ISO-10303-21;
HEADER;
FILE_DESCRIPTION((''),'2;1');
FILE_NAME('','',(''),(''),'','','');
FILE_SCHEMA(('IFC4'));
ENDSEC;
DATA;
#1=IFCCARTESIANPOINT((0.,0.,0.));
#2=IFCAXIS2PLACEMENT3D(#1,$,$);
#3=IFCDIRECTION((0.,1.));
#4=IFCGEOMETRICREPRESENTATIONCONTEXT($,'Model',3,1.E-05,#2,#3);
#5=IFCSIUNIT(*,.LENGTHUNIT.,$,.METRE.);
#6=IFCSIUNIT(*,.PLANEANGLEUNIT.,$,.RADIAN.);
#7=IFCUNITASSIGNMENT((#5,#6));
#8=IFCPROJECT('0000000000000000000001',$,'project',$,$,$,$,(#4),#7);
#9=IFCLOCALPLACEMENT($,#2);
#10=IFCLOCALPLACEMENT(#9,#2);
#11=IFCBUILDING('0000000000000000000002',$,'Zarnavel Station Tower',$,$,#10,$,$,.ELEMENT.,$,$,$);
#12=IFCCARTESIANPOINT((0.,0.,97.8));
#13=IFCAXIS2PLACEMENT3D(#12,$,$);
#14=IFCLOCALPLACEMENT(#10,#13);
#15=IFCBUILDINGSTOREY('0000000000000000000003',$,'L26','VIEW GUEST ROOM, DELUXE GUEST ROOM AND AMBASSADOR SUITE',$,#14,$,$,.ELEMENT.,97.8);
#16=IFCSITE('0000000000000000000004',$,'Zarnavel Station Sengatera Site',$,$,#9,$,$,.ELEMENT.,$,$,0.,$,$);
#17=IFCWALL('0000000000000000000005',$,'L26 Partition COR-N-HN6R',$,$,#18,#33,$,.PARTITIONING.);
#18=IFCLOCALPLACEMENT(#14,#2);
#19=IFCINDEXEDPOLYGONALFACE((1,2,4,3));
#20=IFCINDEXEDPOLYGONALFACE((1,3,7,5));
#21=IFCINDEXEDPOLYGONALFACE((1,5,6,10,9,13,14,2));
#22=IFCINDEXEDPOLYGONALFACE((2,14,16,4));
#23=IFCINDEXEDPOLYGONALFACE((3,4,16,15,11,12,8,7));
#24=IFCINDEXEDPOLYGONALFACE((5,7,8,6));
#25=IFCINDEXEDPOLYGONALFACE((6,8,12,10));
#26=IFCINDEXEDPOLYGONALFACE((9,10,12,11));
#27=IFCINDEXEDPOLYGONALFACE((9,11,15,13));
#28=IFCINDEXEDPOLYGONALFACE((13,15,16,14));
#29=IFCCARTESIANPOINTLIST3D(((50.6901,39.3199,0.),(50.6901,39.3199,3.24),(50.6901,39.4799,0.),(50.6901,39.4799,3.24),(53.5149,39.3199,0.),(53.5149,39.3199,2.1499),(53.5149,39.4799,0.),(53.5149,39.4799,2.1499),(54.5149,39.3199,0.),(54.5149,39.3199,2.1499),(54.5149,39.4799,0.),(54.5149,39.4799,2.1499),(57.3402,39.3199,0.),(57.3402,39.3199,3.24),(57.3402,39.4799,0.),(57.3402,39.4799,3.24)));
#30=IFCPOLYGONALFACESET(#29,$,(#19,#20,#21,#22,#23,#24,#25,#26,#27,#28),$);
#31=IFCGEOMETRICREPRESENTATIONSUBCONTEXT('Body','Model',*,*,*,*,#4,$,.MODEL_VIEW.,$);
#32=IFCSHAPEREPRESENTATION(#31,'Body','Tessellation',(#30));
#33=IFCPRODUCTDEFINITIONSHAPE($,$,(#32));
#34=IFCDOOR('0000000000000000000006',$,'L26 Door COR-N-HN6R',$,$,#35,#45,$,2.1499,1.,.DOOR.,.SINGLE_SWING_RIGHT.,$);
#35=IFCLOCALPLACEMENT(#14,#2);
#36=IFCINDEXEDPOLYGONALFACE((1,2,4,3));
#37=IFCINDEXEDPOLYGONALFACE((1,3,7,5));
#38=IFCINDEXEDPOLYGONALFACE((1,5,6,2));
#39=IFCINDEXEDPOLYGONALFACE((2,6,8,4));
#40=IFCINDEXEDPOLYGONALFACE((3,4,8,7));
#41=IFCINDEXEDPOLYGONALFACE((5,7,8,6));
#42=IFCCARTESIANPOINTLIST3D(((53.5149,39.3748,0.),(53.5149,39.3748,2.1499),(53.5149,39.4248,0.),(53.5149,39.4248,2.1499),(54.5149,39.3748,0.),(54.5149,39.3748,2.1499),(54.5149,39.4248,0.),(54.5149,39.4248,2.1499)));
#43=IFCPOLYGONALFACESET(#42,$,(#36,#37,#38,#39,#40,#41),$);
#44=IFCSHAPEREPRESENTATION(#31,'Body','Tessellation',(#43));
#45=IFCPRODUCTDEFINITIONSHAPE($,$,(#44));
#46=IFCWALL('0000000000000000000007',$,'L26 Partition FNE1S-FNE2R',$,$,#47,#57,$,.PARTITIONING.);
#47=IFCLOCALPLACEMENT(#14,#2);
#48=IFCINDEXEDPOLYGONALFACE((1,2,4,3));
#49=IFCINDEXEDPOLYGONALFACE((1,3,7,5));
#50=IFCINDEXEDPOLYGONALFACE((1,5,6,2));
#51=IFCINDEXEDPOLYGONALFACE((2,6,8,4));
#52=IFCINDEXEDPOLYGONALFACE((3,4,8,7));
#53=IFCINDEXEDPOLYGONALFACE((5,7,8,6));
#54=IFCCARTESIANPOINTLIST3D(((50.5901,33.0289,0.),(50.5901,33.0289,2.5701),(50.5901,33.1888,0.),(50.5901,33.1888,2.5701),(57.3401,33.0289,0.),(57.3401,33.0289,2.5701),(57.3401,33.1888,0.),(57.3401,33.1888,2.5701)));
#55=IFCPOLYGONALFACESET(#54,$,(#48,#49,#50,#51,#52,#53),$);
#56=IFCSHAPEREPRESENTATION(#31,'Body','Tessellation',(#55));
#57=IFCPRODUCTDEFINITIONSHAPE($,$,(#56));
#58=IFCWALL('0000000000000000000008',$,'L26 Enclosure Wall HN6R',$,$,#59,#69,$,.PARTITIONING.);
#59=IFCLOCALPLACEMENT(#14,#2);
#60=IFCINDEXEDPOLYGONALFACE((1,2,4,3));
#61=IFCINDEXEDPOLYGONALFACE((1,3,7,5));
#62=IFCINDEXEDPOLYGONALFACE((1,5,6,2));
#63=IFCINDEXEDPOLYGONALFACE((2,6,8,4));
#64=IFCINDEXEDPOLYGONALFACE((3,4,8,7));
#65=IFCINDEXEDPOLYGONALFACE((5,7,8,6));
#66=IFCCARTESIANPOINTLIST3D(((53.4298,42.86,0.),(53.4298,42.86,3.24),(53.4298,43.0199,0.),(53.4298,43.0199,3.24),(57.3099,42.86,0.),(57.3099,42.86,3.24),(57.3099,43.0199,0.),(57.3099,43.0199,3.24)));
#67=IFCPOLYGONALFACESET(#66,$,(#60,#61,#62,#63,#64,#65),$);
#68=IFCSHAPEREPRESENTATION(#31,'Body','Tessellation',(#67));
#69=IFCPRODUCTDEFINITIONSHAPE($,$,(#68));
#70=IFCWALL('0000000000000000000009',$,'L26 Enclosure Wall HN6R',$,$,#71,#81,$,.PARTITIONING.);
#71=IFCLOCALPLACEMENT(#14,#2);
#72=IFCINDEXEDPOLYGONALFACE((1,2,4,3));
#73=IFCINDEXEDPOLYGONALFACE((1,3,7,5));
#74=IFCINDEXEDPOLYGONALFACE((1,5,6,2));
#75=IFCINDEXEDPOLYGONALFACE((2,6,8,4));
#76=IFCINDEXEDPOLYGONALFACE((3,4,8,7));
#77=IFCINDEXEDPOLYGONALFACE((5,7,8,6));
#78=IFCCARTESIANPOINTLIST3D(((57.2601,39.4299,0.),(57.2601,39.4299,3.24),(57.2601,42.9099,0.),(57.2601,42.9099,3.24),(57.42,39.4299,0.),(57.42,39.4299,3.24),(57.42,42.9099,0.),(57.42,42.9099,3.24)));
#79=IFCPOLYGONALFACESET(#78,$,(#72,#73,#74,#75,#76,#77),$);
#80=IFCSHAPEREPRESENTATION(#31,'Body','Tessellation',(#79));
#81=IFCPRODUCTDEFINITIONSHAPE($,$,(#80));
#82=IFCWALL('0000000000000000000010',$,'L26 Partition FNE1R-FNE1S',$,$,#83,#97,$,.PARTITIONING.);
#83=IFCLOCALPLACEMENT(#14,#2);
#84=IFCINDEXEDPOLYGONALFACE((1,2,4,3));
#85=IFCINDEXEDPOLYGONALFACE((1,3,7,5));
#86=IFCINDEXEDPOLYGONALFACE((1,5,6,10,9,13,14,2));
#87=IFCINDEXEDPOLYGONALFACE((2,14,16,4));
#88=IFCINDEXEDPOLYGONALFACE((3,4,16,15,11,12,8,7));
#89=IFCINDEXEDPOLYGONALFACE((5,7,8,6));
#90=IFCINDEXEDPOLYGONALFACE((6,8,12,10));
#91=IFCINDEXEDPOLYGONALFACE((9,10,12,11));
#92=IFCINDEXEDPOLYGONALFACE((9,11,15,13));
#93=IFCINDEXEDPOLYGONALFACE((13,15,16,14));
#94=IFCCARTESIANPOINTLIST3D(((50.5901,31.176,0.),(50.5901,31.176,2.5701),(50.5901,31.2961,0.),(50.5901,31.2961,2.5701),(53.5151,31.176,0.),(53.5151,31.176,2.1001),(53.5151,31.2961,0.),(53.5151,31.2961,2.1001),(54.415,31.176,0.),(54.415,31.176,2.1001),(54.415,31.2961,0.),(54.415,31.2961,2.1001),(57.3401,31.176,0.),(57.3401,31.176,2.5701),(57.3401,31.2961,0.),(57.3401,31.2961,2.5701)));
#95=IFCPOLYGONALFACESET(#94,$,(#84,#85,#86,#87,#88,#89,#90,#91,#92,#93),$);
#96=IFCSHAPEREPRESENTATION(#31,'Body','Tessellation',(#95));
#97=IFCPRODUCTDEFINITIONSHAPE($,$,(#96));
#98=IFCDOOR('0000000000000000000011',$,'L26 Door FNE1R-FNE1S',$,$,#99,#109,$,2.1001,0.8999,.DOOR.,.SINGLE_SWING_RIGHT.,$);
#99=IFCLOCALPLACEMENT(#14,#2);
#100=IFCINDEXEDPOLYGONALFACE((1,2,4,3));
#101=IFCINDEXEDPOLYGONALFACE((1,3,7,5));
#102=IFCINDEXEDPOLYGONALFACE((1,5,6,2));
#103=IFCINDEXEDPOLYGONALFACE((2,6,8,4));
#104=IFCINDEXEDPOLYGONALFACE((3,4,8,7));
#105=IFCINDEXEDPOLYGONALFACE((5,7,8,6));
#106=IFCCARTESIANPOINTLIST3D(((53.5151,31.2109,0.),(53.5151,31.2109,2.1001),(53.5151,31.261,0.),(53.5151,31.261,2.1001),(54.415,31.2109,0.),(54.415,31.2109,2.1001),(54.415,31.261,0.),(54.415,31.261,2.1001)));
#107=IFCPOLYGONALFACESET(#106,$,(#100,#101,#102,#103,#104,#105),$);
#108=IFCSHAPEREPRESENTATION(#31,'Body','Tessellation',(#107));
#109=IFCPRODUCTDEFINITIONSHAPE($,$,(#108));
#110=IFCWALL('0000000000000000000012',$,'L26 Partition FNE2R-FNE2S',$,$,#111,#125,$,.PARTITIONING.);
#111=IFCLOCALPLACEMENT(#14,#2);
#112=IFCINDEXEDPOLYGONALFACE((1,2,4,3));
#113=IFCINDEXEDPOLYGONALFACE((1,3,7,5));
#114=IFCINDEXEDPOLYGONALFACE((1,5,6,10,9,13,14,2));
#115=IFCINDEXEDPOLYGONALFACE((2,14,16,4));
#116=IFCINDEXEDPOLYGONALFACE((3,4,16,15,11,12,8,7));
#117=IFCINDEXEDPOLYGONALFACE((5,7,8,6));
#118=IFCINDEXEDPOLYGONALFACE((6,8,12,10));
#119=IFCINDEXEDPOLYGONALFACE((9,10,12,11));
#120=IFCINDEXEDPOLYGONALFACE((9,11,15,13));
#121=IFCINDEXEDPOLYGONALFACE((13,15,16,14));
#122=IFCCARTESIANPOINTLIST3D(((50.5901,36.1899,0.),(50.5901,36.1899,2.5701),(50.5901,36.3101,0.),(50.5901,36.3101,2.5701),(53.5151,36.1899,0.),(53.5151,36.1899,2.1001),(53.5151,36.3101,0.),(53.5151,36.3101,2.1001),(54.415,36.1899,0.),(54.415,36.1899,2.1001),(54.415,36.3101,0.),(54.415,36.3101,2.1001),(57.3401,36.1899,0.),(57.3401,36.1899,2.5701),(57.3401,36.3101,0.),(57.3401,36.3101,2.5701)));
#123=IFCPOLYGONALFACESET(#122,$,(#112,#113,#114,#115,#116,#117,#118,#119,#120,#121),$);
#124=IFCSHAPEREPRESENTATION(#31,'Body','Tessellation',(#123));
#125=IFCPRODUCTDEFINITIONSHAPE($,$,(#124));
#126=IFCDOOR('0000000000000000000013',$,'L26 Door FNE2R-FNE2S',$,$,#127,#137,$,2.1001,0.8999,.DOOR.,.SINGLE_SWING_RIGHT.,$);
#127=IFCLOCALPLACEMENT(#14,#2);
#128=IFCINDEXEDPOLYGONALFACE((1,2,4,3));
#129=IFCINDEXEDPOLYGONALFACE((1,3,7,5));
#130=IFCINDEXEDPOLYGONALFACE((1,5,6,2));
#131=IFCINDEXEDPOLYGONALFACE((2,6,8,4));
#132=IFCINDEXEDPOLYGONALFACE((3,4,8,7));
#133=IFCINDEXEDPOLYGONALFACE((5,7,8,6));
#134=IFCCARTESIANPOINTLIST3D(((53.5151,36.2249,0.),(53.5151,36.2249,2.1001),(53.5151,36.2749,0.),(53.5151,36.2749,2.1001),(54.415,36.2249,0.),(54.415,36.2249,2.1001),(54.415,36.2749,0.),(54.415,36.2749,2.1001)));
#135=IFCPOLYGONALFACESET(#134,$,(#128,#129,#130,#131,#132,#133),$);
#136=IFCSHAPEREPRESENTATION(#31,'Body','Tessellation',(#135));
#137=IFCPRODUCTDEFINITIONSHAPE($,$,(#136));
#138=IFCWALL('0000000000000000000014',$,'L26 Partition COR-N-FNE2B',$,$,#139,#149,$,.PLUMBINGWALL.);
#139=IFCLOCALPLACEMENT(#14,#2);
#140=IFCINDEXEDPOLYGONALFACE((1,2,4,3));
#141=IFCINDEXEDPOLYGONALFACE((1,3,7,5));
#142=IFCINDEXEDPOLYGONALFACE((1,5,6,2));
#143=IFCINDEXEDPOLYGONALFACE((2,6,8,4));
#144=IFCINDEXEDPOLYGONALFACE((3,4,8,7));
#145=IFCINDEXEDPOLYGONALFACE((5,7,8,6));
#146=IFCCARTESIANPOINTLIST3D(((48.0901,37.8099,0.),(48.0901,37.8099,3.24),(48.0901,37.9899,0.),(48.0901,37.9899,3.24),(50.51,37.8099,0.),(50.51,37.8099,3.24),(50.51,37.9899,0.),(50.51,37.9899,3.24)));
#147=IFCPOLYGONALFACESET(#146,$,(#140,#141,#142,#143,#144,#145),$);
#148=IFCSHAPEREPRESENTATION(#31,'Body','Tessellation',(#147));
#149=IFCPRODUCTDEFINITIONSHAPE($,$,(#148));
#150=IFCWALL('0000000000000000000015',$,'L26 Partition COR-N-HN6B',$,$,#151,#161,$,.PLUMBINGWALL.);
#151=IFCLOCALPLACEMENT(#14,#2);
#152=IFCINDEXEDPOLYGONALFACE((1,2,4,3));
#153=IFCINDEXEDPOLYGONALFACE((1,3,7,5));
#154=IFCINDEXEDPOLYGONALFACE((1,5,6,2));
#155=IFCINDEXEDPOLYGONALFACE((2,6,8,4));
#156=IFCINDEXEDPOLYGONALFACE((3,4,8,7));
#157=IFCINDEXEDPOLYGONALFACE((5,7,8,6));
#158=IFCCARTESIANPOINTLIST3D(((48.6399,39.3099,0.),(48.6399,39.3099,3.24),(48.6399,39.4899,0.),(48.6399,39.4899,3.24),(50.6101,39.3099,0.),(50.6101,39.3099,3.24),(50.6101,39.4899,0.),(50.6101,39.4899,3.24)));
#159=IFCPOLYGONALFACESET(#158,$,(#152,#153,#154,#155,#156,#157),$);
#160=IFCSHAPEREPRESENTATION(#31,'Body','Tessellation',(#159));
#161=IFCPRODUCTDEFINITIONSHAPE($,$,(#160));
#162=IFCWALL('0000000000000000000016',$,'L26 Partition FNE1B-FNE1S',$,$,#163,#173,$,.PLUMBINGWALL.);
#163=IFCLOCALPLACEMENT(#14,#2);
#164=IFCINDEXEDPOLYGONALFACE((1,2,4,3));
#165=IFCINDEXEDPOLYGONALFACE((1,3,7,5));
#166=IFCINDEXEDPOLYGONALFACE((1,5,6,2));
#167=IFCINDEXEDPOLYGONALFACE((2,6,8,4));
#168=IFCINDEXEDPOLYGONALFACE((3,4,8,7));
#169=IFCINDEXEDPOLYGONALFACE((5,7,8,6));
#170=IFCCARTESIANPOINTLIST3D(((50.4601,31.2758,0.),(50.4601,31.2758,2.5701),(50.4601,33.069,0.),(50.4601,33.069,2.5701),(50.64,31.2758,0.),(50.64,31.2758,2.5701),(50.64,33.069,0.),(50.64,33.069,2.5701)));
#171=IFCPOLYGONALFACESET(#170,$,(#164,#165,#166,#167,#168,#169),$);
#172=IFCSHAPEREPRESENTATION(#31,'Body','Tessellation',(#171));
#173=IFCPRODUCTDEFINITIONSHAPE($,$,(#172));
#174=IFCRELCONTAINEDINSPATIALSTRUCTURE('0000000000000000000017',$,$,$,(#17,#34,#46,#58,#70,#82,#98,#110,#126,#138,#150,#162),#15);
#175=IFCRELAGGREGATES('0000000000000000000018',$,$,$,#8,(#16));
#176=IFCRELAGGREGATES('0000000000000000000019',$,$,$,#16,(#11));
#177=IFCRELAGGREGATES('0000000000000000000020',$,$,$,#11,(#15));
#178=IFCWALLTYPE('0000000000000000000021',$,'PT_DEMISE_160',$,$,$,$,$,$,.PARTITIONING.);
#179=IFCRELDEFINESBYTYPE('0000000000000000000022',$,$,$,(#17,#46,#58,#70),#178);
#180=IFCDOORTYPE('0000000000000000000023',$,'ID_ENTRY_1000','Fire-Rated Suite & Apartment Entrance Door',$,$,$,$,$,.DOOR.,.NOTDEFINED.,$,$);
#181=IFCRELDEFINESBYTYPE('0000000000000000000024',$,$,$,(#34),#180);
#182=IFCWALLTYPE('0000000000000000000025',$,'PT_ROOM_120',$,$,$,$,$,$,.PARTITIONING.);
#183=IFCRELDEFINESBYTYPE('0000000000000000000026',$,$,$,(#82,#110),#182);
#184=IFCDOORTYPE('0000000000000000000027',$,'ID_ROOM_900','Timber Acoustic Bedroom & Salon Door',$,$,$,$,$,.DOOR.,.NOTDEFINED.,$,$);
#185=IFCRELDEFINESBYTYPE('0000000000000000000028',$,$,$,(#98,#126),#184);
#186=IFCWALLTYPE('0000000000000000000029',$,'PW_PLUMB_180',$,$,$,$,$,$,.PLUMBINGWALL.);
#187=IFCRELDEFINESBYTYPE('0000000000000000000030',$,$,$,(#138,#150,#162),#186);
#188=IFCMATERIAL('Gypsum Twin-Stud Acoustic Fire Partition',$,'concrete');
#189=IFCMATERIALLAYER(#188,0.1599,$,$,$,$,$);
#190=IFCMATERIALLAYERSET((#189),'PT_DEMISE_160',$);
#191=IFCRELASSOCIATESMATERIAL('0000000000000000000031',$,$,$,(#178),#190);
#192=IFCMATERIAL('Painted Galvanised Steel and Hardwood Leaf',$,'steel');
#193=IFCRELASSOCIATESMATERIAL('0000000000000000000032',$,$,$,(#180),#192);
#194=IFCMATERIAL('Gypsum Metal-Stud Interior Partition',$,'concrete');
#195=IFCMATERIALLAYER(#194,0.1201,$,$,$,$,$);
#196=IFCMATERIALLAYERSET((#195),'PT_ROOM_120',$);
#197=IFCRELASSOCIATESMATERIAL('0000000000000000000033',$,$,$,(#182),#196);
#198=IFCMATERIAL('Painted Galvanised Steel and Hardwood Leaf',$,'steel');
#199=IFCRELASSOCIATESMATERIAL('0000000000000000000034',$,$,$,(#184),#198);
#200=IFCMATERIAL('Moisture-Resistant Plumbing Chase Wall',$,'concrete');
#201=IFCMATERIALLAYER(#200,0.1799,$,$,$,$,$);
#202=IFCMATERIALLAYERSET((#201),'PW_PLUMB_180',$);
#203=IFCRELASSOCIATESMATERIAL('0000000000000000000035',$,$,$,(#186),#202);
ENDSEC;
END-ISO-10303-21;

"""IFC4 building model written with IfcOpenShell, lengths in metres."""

from ifc_helpers import new_model, si_unit, direction, frame, frame_2d, origin, place, context, subcontext, project, spatial, rectangle, extrude, material, layer, layer_set, type_object, element, fill, save


model = new_model("IFC4")

# Units and contexts
model_context = context("Model", 3, precision=1e-05, world=origin(), true_north=direction((0.0, 1.0)))
body_context = subcontext(model_context, "Body", "Model", "MODEL_VIEW")
ifc_project = project(units=[si_unit("LENGTHUNIT", "METRE"), si_unit("PLANEANGLEUNIT", "RADIAN")], contexts=[model_context])

# Site, building, storey
site_placement = place(None, origin())
site = spatial("IfcSite", under=ifc_project, at=site_placement, Name="Zarnavel Station Sengatera Site", CompositionType="ELEMENT", RefElevation=0.0)
building_placement = place(site_placement, origin())
building = spatial("IfcBuilding", under=site, at=building_placement, Name="Zarnavel Station Tower", CompositionType="ELEMENT")
storey_placement = place(building_placement, frame((0.0, 0.0, 97.8)))
storey = spatial("IfcBuildingStorey", under=building, at=storey_placement, Name="L26", Description="VIEW GUEST ROOM, DELUXE GUEST ROOM AND AMBASSADOR SUITE", CompositionType="ELEMENT", Elevation=97.8)

# Shared definitions
ifc_material_1 = material(Name="Gypsum Twin-Stud Acoustic Fire Partition", Category="concrete")
ifc_layer_1 = layer(ifc_material_1, 0.1599)
ifc_layer_set_1 = layer_set([ifc_layer_1], Name="PT_DEMISE_160")
wall_type_1 = type_object("IfcWallType", Name="PT_DEMISE_160", PredefinedType="PARTITIONING", material=ifc_layer_set_1)

# Wall, opening, door
wall_1_placement = place(storey_placement, frame((50.6899, 39.3999, 0.0), z_axis=(0.0, 0.0, 1.0), x_axis=(1.0, 0.0, 0.0)))
wall_1 = element("IfcWall", 1, at=wall_1_placement, inside=storey, type_object=wall_type_1, Name="L26 Partition COR-N-HN6R", PredefinedType="PARTITIONING", context=body_context, shape_type="SweptSolid", body=[
    extrude(rectangle(XDim=6.6501, YDim=0.1599, at=frame_2d((3.3252, 0.0))), origin(), (0.0, 0.0, 1.0), 3.24),
])
opening_1_placement = place(wall_1_placement, frame((2.825, 0.0, 0.0)))
opening_1 = element("IfcOpeningElement", 2, at=opening_1_placement, cuts=wall_1, PredefinedType="OPENING", context=body_context, shape_type="SweptSolid", body=[
    extrude(rectangle(XDim=1.0, YDim=2.1499, at=frame_2d((0.5, 1.075))), frame((0.0, 0.0898, 0.0), z_axis=(0.0, -1.0, 0.0), x_axis=(1.0, 0.0, 0.0)), (0.0, 0.0, 1.0), 0.1799),
])
ifc_material_2 = material(Name="Painted Galvanised Steel and Hardwood Leaf", Category="steel")
door_type_1 = type_object("IfcDoorType", Name="ID_ENTRY_1000", Description="Fire-Rated Suite & Apartment Entrance Door", OperationType="NOTDEFINED", PredefinedType="DOOR", material=ifc_material_2)
door_1_placement = place(opening_1_placement, origin())
door_1 = element("IfcDoor", 3, at=door_1_placement, inside=storey, type_object=door_type_1, Name="L26 Door COR-N-HN6R", OperationType="SINGLE_SWING_RIGHT", OverallHeight=2.1499, OverallWidth=1.0, PredefinedType="DOOR", context=body_context, shape_type="SweptSolid", body=[
    extrude(rectangle(XDim=1.0, YDim=2.1499, at=frame_2d((0.5, 1.075))), frame((0.0, 0.0249, 0.0), z_axis=(0.0, -1.0, 0.0), x_axis=(1.0, 0.0, 0.0)), (0.0, 0.0, 1.0), 0.05),
])
fill(opening_1, door_1)

# Walls
wall_2_placement = place(storey_placement, frame((50.5901, 33.1089, 0.0), z_axis=(0.0, 0.0, 1.0), x_axis=(1.0, 0.0, 0.0)))
element("IfcWall", 4, at=wall_2_placement, inside=storey, type_object=wall_type_1, Name="L26 Partition FNE1S-FNE2R", PredefinedType="PARTITIONING", context=body_context, shape_type="SweptSolid", body=[
    extrude(rectangle(XDim=6.75, YDim=0.1599, at=frame_2d((3.375, 0.0))), origin(), (0.0, 0.0, 1.0), 2.5701),
])
wall_3_placement = place(storey_placement, frame((53.4299, 42.9399, 0.0), z_axis=(0.0, 0.0, 1.0), x_axis=(1.0, 0.0, 0.0)))
element("IfcWall", 5, at=wall_3_placement, inside=storey, type_object=wall_type_1, Name="L26 Enclosure Wall HN6R", PredefinedType="PARTITIONING", context=body_context, shape_type="SweptSolid", body=[
    extrude(rectangle(XDim=3.8801, YDim=0.1599, at=frame_2d((1.9399, 0.0))), origin(), (0.0, 0.0, 1.0), 3.24),
])
wall_4_placement = place(storey_placement, frame((57.3401, 39.4299, 0.0), z_axis=(0.0, 0.0, 1.0), x_axis=(0.0, 1.0, 0.0)))
element("IfcWall", 6, at=wall_4_placement, inside=storey, type_object=wall_type_1, Name="L26 Enclosure Wall HN6R", PredefinedType="PARTITIONING", context=body_context, shape_type="SweptSolid", body=[
    extrude(rectangle(XDim=3.48, YDim=0.1599, at=frame_2d((1.74, 0.0))), origin(), (0.0, 0.0, 1.0), 3.24),
])

# Walls, openings, doors
ifc_material_3 = material(Name="Gypsum Metal-Stud Interior Partition", Category="concrete")
ifc_layer_2 = layer(ifc_material_3, 0.1201)
ifc_layer_set_2 = layer_set([ifc_layer_2], Name="PT_ROOM_120")
wall_type_2 = type_object("IfcWallType", Name="PT_ROOM_120", PredefinedType="PARTITIONING", material=ifc_layer_set_2)
wall_5_placement = place(storey_placement, frame((50.5901, 31.2361, 0.0), z_axis=(0.0, 0.0, 1.0), x_axis=(1.0, 0.0, 0.0)))
wall_5 = element("IfcWall", 7, at=wall_5_placement, inside=storey, type_object=wall_type_2, Name="L26 Partition FNE1R-FNE1S", PredefinedType="PARTITIONING", context=body_context, shape_type="SweptSolid", body=[
    extrude(rectangle(XDim=6.75, YDim=0.1201, at=frame_2d((3.375, 0.0))), origin(), (0.0, 0.0, 1.0), 2.5701),
])
opening_2_placement = place(wall_5_placement, frame((2.925, 0.0, 0.0)))
opening_2 = element("IfcOpeningElement", 8, at=opening_2_placement, cuts=wall_5, PredefinedType="OPENING", context=body_context, shape_type="SweptSolid", body=[
    extrude(rectangle(XDim=0.8999, YDim=2.1001, at=frame_2d((0.45, 1.05))), frame((0.0, 0.0701, 0.0), z_axis=(0.0, -1.0, 0.0), x_axis=(1.0, 0.0, 0.0)), (0.0, 0.0, 1.0), 0.1401),
])
ifc_material_4 = material(Name="Painted Galvanised Steel and Hardwood Leaf", Category="steel")
door_type_2 = type_object("IfcDoorType", Name="ID_ROOM_900", Description="Timber Acoustic Bedroom & Salon Door", OperationType="NOTDEFINED", PredefinedType="DOOR", material=ifc_material_4)
door_2_placement = place(opening_2_placement, origin())
door_2 = element("IfcDoor", 9, at=door_2_placement, inside=storey, type_object=door_type_2, Name="L26 Door FNE1R-FNE1S", OperationType="SINGLE_SWING_RIGHT", OverallHeight=2.1001, OverallWidth=0.8999, PredefinedType="DOOR", context=body_context, shape_type="SweptSolid", body=[
    extrude(rectangle(XDim=0.8999, YDim=2.1001, at=frame_2d((0.45, 1.05))), frame((0.0, 0.0249, 0.0), z_axis=(0.0, -1.0, 0.0), x_axis=(1.0, 0.0, 0.0)), (0.0, 0.0, 1.0), 0.05),
])
fill(opening_2, door_2)
wall_6_placement = place(storey_placement, frame((50.5901, 36.25, 0.0), z_axis=(0.0, 0.0, 1.0), x_axis=(1.0, 0.0, 0.0)))
wall_6 = element("IfcWall", 10, at=wall_6_placement, inside=storey, type_object=wall_type_2, Name="L26 Partition FNE2R-FNE2S", PredefinedType="PARTITIONING", context=body_context, shape_type="SweptSolid", body=[
    extrude(rectangle(XDim=6.75, YDim=0.1201, at=frame_2d((3.375, 0.0))), origin(), (0.0, 0.0, 1.0), 2.5701),
])
opening_3_placement = place(wall_6_placement, frame((2.925, 0.0, 0.0)))
opening_3 = element("IfcOpeningElement", 11, at=opening_3_placement, cuts=wall_6, PredefinedType="OPENING", context=body_context, shape_type="SweptSolid", body=[
    extrude(rectangle(XDim=0.8999, YDim=2.1001, at=frame_2d((0.45, 1.05))), frame((0.0, 0.0701, 0.0), z_axis=(0.0, -1.0, 0.0), x_axis=(1.0, 0.0, 0.0)), (0.0, 0.0, 1.0), 0.1401),
])
door_3_placement = place(opening_3_placement, origin())
door_3 = element("IfcDoor", 12, at=door_3_placement, inside=storey, type_object=door_type_2, Name="L26 Door FNE2R-FNE2S", OperationType="SINGLE_SWING_RIGHT", OverallHeight=2.1001, OverallWidth=0.8999, PredefinedType="DOOR", context=body_context, shape_type="SweptSolid", body=[
    extrude(rectangle(XDim=0.8999, YDim=2.1001, at=frame_2d((0.45, 1.05))), frame((0.0, 0.0249, 0.0), z_axis=(0.0, -1.0, 0.0), x_axis=(1.0, 0.0, 0.0)), (0.0, 0.0, 1.0), 0.05),
])
fill(opening_3, door_3)

# Walls
ifc_material_5 = material(Name="Moisture-Resistant Plumbing Chase Wall", Category="concrete")
ifc_layer_3 = layer(ifc_material_5, 0.1799)
ifc_layer_set_3 = layer_set([ifc_layer_3], Name="PW_PLUMB_180")
wall_type_3 = type_object("IfcWallType", Name="PW_PLUMB_180", PredefinedType="PLUMBINGWALL", material=ifc_layer_set_3)
wall_7_placement = place(storey_placement, frame((48.0901, 37.8999, 0.0), z_axis=(0.0, 0.0, 1.0), x_axis=(1.0, 0.0, 0.0)))
element("IfcWall", 13, at=wall_7_placement, inside=storey, type_object=wall_type_3, Name="L26 Partition COR-N-FNE2B", PredefinedType="PLUMBINGWALL", context=body_context, shape_type="SweptSolid", body=[
    extrude(rectangle(XDim=2.4199, YDim=0.1799, at=frame_2d((1.21, 0.0))), origin(), (0.0, 0.0, 1.0), 3.24),
])
wall_8_placement = place(storey_placement, frame((48.6399, 39.3999, 0.0), z_axis=(0.0, 0.0, 1.0), x_axis=(1.0, 0.0, 0.0)))
element("IfcWall", 14, at=wall_8_placement, inside=storey, type_object=wall_type_3, Name="L26 Partition COR-N-HN6B", PredefinedType="PLUMBINGWALL", context=body_context, shape_type="SweptSolid", body=[
    extrude(rectangle(XDim=1.9702, YDim=0.1799, at=frame_2d((0.9851, 0.0))), origin(), (0.0, 0.0, 1.0), 3.24),
])
wall_9_placement = place(storey_placement, frame((50.55, 31.2759, 0.0), z_axis=(0.0, 0.0, 1.0), x_axis=(0.0, 1.0, 0.0)))
element("IfcWall", 15, at=wall_9_placement, inside=storey, type_object=wall_type_3, Name="L26 Partition FNE1B-FNE1S", PredefinedType="PLUMBINGWALL", context=body_context, shape_type="SweptSolid", body=[
    extrude(rectangle(XDim=1.7932, YDim=0.1799, at=frame_2d((0.8965, 0.0))), origin(), (0.0, 0.0, 1.0), 2.5701),
])

save(model, "model.ifc")
